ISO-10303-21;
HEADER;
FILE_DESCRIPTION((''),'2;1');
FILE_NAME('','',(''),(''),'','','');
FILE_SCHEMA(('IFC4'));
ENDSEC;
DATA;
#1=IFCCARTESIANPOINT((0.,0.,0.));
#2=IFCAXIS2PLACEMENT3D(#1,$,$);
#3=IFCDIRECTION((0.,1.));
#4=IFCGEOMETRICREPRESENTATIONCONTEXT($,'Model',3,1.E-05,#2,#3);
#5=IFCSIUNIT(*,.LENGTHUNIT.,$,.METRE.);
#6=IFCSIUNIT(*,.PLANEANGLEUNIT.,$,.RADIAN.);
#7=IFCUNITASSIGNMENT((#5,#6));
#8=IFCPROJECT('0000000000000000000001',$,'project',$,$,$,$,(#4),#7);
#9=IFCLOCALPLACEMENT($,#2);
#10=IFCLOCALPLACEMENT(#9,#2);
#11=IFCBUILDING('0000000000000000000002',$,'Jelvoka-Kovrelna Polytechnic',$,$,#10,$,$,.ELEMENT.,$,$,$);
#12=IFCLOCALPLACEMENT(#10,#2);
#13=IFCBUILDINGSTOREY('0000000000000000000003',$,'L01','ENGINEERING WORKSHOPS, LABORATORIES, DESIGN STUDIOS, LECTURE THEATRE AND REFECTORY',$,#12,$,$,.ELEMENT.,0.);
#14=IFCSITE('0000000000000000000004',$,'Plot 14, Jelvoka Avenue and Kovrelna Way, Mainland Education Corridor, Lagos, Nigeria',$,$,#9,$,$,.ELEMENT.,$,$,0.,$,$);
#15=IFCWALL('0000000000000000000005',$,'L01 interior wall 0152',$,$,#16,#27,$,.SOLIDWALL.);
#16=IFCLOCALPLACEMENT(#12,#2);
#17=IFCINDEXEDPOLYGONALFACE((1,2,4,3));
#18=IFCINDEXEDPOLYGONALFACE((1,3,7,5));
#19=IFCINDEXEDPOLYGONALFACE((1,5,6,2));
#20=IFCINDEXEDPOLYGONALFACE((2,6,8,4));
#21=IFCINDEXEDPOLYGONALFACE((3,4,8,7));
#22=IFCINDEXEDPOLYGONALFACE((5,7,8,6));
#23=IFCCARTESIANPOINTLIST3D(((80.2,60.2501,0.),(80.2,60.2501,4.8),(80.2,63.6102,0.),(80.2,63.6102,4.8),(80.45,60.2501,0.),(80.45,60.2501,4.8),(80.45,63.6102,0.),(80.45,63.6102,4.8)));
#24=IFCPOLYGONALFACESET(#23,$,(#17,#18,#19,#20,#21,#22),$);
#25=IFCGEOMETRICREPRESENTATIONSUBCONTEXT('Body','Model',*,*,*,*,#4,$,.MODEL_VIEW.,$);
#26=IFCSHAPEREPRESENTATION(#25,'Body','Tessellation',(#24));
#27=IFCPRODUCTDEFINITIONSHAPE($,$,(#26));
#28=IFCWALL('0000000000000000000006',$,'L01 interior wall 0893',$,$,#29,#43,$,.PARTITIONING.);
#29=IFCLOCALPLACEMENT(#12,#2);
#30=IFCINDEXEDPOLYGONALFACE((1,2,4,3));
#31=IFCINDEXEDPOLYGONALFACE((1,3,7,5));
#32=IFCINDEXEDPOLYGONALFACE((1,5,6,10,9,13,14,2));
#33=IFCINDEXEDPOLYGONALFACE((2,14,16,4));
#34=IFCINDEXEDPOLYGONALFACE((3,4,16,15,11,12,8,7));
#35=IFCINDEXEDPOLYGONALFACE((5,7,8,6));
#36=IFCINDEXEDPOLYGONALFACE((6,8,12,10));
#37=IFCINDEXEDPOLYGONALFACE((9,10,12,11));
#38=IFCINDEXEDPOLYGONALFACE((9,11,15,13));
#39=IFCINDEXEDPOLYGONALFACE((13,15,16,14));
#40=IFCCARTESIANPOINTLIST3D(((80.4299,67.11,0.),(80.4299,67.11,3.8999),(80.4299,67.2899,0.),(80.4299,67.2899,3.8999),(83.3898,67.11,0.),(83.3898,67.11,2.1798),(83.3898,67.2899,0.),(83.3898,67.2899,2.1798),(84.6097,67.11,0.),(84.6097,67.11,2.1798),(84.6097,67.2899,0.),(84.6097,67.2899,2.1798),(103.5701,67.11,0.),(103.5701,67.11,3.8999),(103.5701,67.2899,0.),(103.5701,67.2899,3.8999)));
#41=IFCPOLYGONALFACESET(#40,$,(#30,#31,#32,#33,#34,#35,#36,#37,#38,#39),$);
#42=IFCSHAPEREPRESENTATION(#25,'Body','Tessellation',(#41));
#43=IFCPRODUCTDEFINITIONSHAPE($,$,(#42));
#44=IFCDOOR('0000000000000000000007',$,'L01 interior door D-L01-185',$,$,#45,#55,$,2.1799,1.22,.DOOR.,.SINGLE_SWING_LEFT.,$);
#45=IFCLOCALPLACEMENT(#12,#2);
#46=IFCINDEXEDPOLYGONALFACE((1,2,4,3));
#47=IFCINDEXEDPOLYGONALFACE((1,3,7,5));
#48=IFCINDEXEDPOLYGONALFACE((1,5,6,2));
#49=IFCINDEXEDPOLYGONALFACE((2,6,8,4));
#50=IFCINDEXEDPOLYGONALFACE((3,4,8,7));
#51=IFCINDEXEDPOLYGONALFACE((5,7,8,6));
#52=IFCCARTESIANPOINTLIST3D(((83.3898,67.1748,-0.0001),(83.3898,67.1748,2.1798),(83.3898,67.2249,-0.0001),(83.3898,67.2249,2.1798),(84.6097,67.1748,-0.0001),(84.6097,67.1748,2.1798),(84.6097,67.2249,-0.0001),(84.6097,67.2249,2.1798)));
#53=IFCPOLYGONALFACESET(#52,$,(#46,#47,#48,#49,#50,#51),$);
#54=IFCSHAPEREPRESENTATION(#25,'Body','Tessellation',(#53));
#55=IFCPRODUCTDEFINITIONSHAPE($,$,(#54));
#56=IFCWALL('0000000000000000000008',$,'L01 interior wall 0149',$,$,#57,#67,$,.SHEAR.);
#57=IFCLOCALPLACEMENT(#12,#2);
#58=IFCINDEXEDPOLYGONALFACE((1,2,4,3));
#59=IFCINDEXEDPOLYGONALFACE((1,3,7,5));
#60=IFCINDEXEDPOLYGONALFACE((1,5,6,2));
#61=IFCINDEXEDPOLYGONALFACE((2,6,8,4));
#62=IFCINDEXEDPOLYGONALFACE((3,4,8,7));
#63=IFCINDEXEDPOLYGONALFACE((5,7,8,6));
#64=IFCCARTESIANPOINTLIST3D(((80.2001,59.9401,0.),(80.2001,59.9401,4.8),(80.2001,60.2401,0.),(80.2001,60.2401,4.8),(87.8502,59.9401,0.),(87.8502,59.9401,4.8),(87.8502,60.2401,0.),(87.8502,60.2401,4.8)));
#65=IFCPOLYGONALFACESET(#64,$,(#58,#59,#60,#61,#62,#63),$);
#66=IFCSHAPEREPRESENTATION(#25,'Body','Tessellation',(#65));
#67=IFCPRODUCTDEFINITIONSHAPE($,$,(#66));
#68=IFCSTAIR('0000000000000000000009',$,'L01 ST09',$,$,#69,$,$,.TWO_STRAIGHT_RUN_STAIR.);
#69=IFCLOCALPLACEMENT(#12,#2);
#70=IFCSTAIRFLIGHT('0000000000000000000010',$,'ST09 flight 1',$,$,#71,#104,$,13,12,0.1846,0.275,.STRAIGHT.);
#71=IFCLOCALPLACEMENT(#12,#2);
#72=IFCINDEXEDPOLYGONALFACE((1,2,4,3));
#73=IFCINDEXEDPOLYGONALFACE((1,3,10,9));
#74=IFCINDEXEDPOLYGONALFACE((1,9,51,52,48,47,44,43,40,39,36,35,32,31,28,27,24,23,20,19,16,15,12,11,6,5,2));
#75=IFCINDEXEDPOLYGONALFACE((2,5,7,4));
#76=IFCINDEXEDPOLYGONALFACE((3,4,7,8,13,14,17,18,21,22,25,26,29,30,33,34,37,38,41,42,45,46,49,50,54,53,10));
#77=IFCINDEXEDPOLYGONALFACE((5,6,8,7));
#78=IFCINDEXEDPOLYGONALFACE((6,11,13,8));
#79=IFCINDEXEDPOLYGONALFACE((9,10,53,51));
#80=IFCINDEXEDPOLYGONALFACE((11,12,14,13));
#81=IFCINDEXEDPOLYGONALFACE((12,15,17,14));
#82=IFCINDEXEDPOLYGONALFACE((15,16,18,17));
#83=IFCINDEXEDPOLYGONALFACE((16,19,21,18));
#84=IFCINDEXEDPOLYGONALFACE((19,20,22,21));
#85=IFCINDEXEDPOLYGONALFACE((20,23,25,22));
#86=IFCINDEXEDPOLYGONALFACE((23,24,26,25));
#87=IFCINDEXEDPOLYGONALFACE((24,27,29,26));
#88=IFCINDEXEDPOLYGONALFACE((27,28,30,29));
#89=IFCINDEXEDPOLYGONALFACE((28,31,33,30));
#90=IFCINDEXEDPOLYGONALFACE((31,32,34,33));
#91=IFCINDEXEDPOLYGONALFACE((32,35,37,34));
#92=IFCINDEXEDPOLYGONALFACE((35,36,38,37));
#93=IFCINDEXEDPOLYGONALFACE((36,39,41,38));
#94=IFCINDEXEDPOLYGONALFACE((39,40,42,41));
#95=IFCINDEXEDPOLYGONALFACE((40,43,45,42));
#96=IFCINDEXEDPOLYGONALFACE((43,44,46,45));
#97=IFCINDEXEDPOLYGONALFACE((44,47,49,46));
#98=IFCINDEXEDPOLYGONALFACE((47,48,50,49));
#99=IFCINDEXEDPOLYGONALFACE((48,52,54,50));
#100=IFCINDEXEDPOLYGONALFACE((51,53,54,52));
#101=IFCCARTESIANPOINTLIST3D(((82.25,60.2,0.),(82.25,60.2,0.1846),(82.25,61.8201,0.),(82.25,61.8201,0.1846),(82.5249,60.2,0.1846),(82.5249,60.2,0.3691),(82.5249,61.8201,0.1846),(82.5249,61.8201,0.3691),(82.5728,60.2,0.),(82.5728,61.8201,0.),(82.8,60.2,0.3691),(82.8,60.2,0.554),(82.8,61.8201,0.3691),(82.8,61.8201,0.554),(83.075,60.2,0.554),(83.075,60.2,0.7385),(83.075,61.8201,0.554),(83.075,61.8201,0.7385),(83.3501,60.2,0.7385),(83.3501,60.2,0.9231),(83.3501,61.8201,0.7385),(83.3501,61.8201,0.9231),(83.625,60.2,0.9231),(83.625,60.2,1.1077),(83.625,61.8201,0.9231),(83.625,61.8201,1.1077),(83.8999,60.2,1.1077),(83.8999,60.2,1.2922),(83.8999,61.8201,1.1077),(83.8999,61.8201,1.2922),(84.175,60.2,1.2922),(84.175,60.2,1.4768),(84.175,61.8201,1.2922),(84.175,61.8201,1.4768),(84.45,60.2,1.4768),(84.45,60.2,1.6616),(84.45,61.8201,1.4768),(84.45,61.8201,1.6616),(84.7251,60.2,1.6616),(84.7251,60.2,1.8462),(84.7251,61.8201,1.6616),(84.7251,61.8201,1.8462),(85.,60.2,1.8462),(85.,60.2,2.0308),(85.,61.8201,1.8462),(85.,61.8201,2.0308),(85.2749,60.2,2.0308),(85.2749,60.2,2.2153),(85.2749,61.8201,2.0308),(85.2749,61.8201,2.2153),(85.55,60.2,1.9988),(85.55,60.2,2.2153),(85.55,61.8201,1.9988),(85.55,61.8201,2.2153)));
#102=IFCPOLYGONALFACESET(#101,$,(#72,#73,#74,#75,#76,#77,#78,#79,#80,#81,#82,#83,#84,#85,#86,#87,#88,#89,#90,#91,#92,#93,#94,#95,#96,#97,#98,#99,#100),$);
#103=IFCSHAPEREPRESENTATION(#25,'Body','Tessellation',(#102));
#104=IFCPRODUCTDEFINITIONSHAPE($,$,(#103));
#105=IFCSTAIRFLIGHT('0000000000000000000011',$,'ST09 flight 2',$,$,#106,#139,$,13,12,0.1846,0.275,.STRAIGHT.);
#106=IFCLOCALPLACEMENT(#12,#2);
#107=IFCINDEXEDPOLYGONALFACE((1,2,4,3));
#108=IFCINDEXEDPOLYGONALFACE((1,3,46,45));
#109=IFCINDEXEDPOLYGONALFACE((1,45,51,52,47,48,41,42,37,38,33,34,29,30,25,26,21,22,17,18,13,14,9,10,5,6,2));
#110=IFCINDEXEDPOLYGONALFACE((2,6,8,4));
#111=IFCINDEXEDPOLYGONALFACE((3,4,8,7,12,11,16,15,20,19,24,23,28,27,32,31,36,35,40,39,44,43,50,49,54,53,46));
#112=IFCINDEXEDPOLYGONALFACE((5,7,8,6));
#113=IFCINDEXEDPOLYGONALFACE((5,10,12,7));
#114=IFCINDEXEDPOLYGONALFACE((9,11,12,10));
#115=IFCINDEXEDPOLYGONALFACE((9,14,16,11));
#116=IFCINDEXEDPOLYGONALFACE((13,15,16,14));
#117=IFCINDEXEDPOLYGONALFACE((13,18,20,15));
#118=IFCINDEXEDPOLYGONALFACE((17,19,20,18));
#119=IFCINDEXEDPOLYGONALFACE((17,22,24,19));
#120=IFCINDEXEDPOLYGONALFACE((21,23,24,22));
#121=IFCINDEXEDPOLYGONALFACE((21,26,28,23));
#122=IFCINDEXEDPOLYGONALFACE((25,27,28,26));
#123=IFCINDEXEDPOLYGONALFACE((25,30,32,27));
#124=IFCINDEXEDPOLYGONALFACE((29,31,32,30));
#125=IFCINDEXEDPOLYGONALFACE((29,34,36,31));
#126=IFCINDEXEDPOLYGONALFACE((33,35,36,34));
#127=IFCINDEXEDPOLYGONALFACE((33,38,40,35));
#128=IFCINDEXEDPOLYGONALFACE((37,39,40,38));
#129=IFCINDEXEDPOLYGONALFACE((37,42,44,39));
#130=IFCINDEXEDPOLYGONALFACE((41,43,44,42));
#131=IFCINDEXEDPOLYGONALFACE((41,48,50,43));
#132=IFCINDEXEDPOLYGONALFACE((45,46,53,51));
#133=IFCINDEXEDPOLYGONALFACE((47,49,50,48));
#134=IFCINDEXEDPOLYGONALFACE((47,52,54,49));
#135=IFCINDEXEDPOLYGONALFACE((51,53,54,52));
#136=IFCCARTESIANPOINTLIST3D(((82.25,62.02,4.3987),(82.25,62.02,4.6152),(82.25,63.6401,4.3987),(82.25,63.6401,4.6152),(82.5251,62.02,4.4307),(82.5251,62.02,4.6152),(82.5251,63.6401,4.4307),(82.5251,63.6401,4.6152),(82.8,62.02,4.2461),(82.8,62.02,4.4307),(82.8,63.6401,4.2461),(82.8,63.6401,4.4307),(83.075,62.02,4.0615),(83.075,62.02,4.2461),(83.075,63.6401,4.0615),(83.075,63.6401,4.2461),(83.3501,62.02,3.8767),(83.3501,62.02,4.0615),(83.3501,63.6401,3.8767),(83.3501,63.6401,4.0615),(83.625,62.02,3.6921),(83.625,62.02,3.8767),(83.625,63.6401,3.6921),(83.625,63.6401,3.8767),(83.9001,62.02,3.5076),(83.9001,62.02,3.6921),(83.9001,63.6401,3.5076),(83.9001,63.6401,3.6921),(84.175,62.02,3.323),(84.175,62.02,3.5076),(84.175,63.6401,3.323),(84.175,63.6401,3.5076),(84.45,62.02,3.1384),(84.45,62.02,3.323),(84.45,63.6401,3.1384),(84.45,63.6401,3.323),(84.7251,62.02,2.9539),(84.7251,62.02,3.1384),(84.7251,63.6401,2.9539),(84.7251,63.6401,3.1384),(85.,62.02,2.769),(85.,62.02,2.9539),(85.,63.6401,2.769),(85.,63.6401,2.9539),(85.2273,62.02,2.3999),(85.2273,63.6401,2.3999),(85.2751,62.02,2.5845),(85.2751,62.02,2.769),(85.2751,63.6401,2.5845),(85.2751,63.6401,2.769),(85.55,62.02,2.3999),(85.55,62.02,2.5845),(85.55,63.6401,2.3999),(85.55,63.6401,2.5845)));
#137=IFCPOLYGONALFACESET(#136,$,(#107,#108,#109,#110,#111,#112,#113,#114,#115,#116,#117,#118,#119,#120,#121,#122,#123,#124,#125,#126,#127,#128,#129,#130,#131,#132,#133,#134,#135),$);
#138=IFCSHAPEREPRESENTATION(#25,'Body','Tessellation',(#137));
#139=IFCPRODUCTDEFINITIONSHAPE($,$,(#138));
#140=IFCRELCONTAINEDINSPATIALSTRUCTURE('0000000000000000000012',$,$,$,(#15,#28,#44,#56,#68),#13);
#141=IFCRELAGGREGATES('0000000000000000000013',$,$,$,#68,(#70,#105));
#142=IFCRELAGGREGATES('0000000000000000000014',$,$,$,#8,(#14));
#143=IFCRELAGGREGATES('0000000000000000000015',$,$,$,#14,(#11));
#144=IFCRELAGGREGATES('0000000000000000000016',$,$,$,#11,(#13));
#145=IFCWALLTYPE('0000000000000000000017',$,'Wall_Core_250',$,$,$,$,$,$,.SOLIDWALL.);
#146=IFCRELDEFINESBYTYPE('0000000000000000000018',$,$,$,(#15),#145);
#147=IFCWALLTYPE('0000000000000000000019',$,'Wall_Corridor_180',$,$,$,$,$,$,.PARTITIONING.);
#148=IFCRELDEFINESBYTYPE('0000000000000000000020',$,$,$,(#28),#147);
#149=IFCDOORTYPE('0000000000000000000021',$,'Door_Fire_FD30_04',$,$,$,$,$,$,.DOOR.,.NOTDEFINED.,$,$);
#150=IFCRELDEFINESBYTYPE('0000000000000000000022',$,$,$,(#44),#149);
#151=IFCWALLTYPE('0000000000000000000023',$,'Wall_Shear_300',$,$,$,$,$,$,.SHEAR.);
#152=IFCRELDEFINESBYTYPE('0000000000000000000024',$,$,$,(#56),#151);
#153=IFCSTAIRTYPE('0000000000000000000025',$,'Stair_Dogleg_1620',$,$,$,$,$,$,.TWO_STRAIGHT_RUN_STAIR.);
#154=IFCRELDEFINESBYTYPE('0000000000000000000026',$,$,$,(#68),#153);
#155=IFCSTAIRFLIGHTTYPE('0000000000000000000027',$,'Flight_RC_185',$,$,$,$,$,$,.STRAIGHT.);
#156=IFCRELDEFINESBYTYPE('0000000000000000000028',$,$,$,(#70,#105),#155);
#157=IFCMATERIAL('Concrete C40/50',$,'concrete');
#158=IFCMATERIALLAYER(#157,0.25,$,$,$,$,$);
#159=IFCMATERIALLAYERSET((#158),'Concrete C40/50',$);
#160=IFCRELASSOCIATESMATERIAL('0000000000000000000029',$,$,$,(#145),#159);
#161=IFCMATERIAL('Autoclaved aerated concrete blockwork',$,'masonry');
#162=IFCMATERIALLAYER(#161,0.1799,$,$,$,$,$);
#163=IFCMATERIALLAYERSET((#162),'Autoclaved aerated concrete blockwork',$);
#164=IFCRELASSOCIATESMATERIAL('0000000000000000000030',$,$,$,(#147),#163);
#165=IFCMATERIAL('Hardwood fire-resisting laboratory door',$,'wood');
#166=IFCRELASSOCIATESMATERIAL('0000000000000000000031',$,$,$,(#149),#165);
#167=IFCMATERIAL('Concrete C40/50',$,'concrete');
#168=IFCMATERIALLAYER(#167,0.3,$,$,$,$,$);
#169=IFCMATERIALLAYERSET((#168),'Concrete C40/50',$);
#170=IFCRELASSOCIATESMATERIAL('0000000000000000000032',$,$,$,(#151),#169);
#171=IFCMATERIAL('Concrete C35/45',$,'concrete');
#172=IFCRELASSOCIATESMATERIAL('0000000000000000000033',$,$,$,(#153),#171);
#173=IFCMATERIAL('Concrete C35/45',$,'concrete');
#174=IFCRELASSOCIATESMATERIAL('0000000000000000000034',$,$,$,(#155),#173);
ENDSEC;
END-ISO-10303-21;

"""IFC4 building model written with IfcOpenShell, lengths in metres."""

from ifc_helpers import new_model, si_unit, direction, frame, frame_2d, origin, place, context, subcontext, project, spatial, polyline, rectangle, outline, extrude, material, layer, layer_set, type_object, element, fill, aggregate, save


model = new_model("IFC4")

# Units and contexts
model_context = context("Model", 3, precision=1e-05, world=origin(), true_north=direction((0.0, 1.0)))
body_context = subcontext(model_context, "Body", "Model", "MODEL_VIEW")
ifc_project = project(units=[si_unit("LENGTHUNIT", "METRE"), si_unit("PLANEANGLEUNIT", "RADIAN")], contexts=[model_context])

# Site, building, storey
site_placement = place(None, origin())
site = spatial("IfcSite", under=ifc_project, at=site_placement, Name="Plot 14, Jelvoka Avenue and Kovrelna Way, Mainland Education Corridor, Lagos, Nigeria", CompositionType="ELEMENT", RefElevation=0.0)
building_placement = place(site_placement, origin())
building = spatial("IfcBuilding", under=site, at=building_placement, Name="Jelvoka-Kovrelna Polytechnic", CompositionType="ELEMENT")
storey_placement = place(building_placement, origin())
storey = spatial("IfcBuildingStorey", under=building, at=storey_placement, Name="L01", Description="ENGINEERING WORKSHOPS, LABORATORIES, DESIGN STUDIOS, LECTURE THEATRE AND REFECTORY", CompositionType="ELEMENT", Elevation=0.0)

# Shared definitions
ifc_material_1 = material(Name="Concrete C40/50", Category="concrete")
ifc_layer_1 = layer(ifc_material_1, 0.25)
ifc_layer_set_1 = layer_set([ifc_layer_1], Name="Concrete C40/50")
wall_type_1 = type_object("IfcWallType", Name="Wall_Core_250", PredefinedType="SOLIDWALL", material=ifc_layer_set_1)

# Wall
wall_1_placement = place(storey_placement, frame((80.325, 60.25, 0.0), z_axis=(0.0, 0.0, 1.0), x_axis=(0.0, 1.0, 0.0)))
element("IfcWall", 1, at=wall_1_placement, inside=storey, type_object=wall_type_1, Name="L01 interior wall 0152", PredefinedType="SOLIDWALL", context=body_context, shape_type="SweptSolid", body=[
    extrude(rectangle(XDim=3.3601, YDim=0.25, at=frame_2d((1.6802, 0.0))), origin(), (0.0, 0.0, 1.0), 4.8),
])

# Wall, opening, door
ifc_material_2 = material(Name="Autoclaved aerated concrete blockwork", Category="masonry")
ifc_layer_2 = layer(ifc_material_2, 0.1799)
ifc_layer_set_2 = layer_set([ifc_layer_2], Name="Autoclaved aerated concrete blockwork")
wall_type_2 = type_object("IfcWallType", Name="Wall_Corridor_180", PredefinedType="PARTITIONING", material=ifc_layer_set_2)
wall_2_placement = place(storey_placement, frame((80.4299, 67.2, 0.0), z_axis=(0.0, 0.0, 1.0), x_axis=(1.0, 0.0, 0.0)))
wall_2 = element("IfcWall", 2, at=wall_2_placement, inside=storey, type_object=wall_type_2, Name="L01 interior wall 0893", PredefinedType="PARTITIONING", context=body_context, shape_type="SweptSolid", body=[
    extrude(rectangle(XDim=23.1401, YDim=0.1799, at=frame_2d((11.5701, 0.0))), origin(), (0.0, 0.0, 1.0), 3.8999),
])
opening_1_placement = place(wall_2_placement, frame((2.96, 0.0, 0.0)))
opening_1 = element("IfcOpeningElement", 3, at=opening_1_placement, cuts=wall_2, PredefinedType="OPENING", context=body_context, shape_type="SweptSolid", body=[
    extrude(rectangle(XDim=1.22, YDim=2.1799, at=frame_2d((0.6099, 1.0898))), frame((0.0, 0.0999, 0.0), z_axis=(0.0, -1.0, 0.0), x_axis=(1.0, 0.0, 0.0)), (0.0, 0.0, 1.0), 0.2),
])
ifc_material_3 = material(Name="Hardwood fire-resisting laboratory door", Category="wood")
door_type_1 = type_object("IfcDoorType", Name="Door_Fire_FD30_04", OperationType="NOTDEFINED", PredefinedType="DOOR", material=ifc_material_3)
door_1_placement = place(opening_1_placement, origin())
door_1 = element("IfcDoor", 4, at=door_1_placement, inside=storey, type_object=door_type_1, Name="L01 interior door D-L01-185", OperationType="SINGLE_SWING_LEFT", OverallHeight=2.1799, OverallWidth=1.22, PredefinedType="DOOR", context=body_context, shape_type="SweptSolid", body=[
    extrude(rectangle(XDim=1.22, YDim=2.1799, at=frame_2d((0.6099, 1.0898))), frame((0.0, 0.0249, 0.0), z_axis=(0.0, -1.0, 0.0), x_axis=(1.0, 0.0, 0.0)), (0.0, 0.0, 1.0), 0.05),
])
fill(opening_1, door_1)

# Wall
ifc_material_4 = material(Name="Concrete C40/50", Category="concrete")
ifc_layer_3 = layer(ifc_material_4, 0.3)
ifc_layer_set_3 = layer_set([ifc_layer_3], Name="Concrete C40/50")
wall_type_3 = type_object("IfcWallType", Name="Wall_Shear_300", PredefinedType="SHEAR", material=ifc_layer_set_3)
wall_3_placement = place(storey_placement, frame((80.2, 60.0901, 0.0), z_axis=(0.0, 0.0, 1.0), x_axis=(1.0, 0.0, 0.0)))
element("IfcWall", 5, at=wall_3_placement, inside=storey, type_object=wall_type_3, Name="L01 interior wall 0149", PredefinedType="SHEAR", context=body_context, shape_type="SweptSolid", body=[
    extrude(rectangle(XDim=7.6501, YDim=0.3, at=frame_2d((3.8252, 0.0))), origin(), (0.0, 0.0, 1.0), 4.8),
])

# Stair, stair flights
ifc_material_5 = material(Name="Concrete C35/45", Category="concrete")
stair_type = type_object("IfcStairType", Name="Stair_Dogleg_1620", PredefinedType="TWO_STRAIGHT_RUN_STAIR", material=ifc_material_5)
stair_placement = place(storey_placement, origin())
stair = element("IfcStair", 6, at=stair_placement, inside=storey, type_object=stair_type, Name="L01 ST09", PredefinedType="TWO_STRAIGHT_RUN_STAIR")
ifc_material_6 = material(Name="Concrete C35/45", Category="concrete")
stair_flight_type = type_object("IfcStairFlightType", Name="Flight_RC_185", PredefinedType="STRAIGHT", material=ifc_material_6)
stair_flight_1_placement = place(storey_placement, frame((82.25, 61.01, 0.0), z_axis=(0.0, 0.0, 1.0), x_axis=(1.0, 0.0, 0.0)))
stair_flight_1 = element("IfcStairFlight", 7, at=stair_flight_1_placement, type_object=stair_flight_type, Name="ST09 flight 1", NumberOfRisers=13, NumberOfTreads=12, PredefinedType="STRAIGHT", RiserHeight=0.1846, TreadLength=0.275, context=body_context, shape_type="SweptSolid", body=[
    extrude(outline(polyline([(0.0, 0.0), (0.0, 0.1846), (0.2749, 0.1846), (0.2749, 0.3691), (0.55, 0.3691), (0.55, 0.554), (0.825, 0.554), (0.825, 0.7385), (1.1001, 0.7385), (1.1001, 0.9231), (1.375, 0.9231), (1.375, 1.1077), (1.6499, 1.1077), (1.6499, 1.2922), (1.925, 1.2922), (1.925, 1.4768), (2.2, 1.4768), (2.2, 1.6616), (2.4751, 1.6616), (2.4751, 1.8462), (2.75, 1.8462), (2.75, 2.0308), (3.0249, 2.0308), (3.0249, 2.2153), (3.3, 2.2153), (3.3, 2.3999), (3.3, 1.9988), (0.3228, 0.0), (0.0, 0.0)])), frame((0.0, 0.8101, 0.0), z_axis=(0.0, -1.0, 0.0), x_axis=(1.0, 0.0, 0.0)), (0.0, 0.0, 1.0), 1.6201),
])
stair_flight_2_placement = place(storey_placement, frame((85.55, 62.8301, 2.3999), z_axis=(0.0, 0.0, 1.0), x_axis=(-1.0, 0.0, 0.0)))
stair_flight_2 = element("IfcStairFlight", 8, at=stair_flight_2_placement, type_object=stair_flight_type, Name="ST09 flight 2", NumberOfRisers=13, NumberOfTreads=12, PredefinedType="STRAIGHT", RiserHeight=0.1846, TreadLength=0.275, context=body_context, shape_type="SweptSolid", body=[
    extrude(outline(polyline([(0.0, 0.0), (0.0, 0.1846), (0.2749, 0.1846), (0.2749, 0.3691), (0.55, 0.3691), (0.55, 0.554), (0.825, 0.554), (0.825, 0.7385), (1.1001, 0.7385), (1.1001, 0.9231), (1.375, 0.9231), (1.375, 1.1077), (1.6499, 1.1077), (1.6499, 1.2922), (1.925, 1.2922), (1.925, 1.4768), (2.2, 1.4768), (2.2, 1.6616), (2.4751, 1.6616), (2.4751, 1.8462), (2.75, 1.8462), (2.75, 2.0308), (3.0249, 2.0308), (3.0249, 2.2153), (3.3, 2.2153), (3.3, 2.3999), (3.3, 1.9988), (0.3228, 0.0), (0.0, 0.0)])), frame((0.0, 0.8101, 0.0), z_axis=(0.0, -1.0, 0.0), x_axis=(1.0, 0.0, 0.0)), (0.0, 0.0, 1.0), 1.6201),
])
aggregate(stair, [stair_flight_1, stair_flight_2])

save(model, "model.ifc")
